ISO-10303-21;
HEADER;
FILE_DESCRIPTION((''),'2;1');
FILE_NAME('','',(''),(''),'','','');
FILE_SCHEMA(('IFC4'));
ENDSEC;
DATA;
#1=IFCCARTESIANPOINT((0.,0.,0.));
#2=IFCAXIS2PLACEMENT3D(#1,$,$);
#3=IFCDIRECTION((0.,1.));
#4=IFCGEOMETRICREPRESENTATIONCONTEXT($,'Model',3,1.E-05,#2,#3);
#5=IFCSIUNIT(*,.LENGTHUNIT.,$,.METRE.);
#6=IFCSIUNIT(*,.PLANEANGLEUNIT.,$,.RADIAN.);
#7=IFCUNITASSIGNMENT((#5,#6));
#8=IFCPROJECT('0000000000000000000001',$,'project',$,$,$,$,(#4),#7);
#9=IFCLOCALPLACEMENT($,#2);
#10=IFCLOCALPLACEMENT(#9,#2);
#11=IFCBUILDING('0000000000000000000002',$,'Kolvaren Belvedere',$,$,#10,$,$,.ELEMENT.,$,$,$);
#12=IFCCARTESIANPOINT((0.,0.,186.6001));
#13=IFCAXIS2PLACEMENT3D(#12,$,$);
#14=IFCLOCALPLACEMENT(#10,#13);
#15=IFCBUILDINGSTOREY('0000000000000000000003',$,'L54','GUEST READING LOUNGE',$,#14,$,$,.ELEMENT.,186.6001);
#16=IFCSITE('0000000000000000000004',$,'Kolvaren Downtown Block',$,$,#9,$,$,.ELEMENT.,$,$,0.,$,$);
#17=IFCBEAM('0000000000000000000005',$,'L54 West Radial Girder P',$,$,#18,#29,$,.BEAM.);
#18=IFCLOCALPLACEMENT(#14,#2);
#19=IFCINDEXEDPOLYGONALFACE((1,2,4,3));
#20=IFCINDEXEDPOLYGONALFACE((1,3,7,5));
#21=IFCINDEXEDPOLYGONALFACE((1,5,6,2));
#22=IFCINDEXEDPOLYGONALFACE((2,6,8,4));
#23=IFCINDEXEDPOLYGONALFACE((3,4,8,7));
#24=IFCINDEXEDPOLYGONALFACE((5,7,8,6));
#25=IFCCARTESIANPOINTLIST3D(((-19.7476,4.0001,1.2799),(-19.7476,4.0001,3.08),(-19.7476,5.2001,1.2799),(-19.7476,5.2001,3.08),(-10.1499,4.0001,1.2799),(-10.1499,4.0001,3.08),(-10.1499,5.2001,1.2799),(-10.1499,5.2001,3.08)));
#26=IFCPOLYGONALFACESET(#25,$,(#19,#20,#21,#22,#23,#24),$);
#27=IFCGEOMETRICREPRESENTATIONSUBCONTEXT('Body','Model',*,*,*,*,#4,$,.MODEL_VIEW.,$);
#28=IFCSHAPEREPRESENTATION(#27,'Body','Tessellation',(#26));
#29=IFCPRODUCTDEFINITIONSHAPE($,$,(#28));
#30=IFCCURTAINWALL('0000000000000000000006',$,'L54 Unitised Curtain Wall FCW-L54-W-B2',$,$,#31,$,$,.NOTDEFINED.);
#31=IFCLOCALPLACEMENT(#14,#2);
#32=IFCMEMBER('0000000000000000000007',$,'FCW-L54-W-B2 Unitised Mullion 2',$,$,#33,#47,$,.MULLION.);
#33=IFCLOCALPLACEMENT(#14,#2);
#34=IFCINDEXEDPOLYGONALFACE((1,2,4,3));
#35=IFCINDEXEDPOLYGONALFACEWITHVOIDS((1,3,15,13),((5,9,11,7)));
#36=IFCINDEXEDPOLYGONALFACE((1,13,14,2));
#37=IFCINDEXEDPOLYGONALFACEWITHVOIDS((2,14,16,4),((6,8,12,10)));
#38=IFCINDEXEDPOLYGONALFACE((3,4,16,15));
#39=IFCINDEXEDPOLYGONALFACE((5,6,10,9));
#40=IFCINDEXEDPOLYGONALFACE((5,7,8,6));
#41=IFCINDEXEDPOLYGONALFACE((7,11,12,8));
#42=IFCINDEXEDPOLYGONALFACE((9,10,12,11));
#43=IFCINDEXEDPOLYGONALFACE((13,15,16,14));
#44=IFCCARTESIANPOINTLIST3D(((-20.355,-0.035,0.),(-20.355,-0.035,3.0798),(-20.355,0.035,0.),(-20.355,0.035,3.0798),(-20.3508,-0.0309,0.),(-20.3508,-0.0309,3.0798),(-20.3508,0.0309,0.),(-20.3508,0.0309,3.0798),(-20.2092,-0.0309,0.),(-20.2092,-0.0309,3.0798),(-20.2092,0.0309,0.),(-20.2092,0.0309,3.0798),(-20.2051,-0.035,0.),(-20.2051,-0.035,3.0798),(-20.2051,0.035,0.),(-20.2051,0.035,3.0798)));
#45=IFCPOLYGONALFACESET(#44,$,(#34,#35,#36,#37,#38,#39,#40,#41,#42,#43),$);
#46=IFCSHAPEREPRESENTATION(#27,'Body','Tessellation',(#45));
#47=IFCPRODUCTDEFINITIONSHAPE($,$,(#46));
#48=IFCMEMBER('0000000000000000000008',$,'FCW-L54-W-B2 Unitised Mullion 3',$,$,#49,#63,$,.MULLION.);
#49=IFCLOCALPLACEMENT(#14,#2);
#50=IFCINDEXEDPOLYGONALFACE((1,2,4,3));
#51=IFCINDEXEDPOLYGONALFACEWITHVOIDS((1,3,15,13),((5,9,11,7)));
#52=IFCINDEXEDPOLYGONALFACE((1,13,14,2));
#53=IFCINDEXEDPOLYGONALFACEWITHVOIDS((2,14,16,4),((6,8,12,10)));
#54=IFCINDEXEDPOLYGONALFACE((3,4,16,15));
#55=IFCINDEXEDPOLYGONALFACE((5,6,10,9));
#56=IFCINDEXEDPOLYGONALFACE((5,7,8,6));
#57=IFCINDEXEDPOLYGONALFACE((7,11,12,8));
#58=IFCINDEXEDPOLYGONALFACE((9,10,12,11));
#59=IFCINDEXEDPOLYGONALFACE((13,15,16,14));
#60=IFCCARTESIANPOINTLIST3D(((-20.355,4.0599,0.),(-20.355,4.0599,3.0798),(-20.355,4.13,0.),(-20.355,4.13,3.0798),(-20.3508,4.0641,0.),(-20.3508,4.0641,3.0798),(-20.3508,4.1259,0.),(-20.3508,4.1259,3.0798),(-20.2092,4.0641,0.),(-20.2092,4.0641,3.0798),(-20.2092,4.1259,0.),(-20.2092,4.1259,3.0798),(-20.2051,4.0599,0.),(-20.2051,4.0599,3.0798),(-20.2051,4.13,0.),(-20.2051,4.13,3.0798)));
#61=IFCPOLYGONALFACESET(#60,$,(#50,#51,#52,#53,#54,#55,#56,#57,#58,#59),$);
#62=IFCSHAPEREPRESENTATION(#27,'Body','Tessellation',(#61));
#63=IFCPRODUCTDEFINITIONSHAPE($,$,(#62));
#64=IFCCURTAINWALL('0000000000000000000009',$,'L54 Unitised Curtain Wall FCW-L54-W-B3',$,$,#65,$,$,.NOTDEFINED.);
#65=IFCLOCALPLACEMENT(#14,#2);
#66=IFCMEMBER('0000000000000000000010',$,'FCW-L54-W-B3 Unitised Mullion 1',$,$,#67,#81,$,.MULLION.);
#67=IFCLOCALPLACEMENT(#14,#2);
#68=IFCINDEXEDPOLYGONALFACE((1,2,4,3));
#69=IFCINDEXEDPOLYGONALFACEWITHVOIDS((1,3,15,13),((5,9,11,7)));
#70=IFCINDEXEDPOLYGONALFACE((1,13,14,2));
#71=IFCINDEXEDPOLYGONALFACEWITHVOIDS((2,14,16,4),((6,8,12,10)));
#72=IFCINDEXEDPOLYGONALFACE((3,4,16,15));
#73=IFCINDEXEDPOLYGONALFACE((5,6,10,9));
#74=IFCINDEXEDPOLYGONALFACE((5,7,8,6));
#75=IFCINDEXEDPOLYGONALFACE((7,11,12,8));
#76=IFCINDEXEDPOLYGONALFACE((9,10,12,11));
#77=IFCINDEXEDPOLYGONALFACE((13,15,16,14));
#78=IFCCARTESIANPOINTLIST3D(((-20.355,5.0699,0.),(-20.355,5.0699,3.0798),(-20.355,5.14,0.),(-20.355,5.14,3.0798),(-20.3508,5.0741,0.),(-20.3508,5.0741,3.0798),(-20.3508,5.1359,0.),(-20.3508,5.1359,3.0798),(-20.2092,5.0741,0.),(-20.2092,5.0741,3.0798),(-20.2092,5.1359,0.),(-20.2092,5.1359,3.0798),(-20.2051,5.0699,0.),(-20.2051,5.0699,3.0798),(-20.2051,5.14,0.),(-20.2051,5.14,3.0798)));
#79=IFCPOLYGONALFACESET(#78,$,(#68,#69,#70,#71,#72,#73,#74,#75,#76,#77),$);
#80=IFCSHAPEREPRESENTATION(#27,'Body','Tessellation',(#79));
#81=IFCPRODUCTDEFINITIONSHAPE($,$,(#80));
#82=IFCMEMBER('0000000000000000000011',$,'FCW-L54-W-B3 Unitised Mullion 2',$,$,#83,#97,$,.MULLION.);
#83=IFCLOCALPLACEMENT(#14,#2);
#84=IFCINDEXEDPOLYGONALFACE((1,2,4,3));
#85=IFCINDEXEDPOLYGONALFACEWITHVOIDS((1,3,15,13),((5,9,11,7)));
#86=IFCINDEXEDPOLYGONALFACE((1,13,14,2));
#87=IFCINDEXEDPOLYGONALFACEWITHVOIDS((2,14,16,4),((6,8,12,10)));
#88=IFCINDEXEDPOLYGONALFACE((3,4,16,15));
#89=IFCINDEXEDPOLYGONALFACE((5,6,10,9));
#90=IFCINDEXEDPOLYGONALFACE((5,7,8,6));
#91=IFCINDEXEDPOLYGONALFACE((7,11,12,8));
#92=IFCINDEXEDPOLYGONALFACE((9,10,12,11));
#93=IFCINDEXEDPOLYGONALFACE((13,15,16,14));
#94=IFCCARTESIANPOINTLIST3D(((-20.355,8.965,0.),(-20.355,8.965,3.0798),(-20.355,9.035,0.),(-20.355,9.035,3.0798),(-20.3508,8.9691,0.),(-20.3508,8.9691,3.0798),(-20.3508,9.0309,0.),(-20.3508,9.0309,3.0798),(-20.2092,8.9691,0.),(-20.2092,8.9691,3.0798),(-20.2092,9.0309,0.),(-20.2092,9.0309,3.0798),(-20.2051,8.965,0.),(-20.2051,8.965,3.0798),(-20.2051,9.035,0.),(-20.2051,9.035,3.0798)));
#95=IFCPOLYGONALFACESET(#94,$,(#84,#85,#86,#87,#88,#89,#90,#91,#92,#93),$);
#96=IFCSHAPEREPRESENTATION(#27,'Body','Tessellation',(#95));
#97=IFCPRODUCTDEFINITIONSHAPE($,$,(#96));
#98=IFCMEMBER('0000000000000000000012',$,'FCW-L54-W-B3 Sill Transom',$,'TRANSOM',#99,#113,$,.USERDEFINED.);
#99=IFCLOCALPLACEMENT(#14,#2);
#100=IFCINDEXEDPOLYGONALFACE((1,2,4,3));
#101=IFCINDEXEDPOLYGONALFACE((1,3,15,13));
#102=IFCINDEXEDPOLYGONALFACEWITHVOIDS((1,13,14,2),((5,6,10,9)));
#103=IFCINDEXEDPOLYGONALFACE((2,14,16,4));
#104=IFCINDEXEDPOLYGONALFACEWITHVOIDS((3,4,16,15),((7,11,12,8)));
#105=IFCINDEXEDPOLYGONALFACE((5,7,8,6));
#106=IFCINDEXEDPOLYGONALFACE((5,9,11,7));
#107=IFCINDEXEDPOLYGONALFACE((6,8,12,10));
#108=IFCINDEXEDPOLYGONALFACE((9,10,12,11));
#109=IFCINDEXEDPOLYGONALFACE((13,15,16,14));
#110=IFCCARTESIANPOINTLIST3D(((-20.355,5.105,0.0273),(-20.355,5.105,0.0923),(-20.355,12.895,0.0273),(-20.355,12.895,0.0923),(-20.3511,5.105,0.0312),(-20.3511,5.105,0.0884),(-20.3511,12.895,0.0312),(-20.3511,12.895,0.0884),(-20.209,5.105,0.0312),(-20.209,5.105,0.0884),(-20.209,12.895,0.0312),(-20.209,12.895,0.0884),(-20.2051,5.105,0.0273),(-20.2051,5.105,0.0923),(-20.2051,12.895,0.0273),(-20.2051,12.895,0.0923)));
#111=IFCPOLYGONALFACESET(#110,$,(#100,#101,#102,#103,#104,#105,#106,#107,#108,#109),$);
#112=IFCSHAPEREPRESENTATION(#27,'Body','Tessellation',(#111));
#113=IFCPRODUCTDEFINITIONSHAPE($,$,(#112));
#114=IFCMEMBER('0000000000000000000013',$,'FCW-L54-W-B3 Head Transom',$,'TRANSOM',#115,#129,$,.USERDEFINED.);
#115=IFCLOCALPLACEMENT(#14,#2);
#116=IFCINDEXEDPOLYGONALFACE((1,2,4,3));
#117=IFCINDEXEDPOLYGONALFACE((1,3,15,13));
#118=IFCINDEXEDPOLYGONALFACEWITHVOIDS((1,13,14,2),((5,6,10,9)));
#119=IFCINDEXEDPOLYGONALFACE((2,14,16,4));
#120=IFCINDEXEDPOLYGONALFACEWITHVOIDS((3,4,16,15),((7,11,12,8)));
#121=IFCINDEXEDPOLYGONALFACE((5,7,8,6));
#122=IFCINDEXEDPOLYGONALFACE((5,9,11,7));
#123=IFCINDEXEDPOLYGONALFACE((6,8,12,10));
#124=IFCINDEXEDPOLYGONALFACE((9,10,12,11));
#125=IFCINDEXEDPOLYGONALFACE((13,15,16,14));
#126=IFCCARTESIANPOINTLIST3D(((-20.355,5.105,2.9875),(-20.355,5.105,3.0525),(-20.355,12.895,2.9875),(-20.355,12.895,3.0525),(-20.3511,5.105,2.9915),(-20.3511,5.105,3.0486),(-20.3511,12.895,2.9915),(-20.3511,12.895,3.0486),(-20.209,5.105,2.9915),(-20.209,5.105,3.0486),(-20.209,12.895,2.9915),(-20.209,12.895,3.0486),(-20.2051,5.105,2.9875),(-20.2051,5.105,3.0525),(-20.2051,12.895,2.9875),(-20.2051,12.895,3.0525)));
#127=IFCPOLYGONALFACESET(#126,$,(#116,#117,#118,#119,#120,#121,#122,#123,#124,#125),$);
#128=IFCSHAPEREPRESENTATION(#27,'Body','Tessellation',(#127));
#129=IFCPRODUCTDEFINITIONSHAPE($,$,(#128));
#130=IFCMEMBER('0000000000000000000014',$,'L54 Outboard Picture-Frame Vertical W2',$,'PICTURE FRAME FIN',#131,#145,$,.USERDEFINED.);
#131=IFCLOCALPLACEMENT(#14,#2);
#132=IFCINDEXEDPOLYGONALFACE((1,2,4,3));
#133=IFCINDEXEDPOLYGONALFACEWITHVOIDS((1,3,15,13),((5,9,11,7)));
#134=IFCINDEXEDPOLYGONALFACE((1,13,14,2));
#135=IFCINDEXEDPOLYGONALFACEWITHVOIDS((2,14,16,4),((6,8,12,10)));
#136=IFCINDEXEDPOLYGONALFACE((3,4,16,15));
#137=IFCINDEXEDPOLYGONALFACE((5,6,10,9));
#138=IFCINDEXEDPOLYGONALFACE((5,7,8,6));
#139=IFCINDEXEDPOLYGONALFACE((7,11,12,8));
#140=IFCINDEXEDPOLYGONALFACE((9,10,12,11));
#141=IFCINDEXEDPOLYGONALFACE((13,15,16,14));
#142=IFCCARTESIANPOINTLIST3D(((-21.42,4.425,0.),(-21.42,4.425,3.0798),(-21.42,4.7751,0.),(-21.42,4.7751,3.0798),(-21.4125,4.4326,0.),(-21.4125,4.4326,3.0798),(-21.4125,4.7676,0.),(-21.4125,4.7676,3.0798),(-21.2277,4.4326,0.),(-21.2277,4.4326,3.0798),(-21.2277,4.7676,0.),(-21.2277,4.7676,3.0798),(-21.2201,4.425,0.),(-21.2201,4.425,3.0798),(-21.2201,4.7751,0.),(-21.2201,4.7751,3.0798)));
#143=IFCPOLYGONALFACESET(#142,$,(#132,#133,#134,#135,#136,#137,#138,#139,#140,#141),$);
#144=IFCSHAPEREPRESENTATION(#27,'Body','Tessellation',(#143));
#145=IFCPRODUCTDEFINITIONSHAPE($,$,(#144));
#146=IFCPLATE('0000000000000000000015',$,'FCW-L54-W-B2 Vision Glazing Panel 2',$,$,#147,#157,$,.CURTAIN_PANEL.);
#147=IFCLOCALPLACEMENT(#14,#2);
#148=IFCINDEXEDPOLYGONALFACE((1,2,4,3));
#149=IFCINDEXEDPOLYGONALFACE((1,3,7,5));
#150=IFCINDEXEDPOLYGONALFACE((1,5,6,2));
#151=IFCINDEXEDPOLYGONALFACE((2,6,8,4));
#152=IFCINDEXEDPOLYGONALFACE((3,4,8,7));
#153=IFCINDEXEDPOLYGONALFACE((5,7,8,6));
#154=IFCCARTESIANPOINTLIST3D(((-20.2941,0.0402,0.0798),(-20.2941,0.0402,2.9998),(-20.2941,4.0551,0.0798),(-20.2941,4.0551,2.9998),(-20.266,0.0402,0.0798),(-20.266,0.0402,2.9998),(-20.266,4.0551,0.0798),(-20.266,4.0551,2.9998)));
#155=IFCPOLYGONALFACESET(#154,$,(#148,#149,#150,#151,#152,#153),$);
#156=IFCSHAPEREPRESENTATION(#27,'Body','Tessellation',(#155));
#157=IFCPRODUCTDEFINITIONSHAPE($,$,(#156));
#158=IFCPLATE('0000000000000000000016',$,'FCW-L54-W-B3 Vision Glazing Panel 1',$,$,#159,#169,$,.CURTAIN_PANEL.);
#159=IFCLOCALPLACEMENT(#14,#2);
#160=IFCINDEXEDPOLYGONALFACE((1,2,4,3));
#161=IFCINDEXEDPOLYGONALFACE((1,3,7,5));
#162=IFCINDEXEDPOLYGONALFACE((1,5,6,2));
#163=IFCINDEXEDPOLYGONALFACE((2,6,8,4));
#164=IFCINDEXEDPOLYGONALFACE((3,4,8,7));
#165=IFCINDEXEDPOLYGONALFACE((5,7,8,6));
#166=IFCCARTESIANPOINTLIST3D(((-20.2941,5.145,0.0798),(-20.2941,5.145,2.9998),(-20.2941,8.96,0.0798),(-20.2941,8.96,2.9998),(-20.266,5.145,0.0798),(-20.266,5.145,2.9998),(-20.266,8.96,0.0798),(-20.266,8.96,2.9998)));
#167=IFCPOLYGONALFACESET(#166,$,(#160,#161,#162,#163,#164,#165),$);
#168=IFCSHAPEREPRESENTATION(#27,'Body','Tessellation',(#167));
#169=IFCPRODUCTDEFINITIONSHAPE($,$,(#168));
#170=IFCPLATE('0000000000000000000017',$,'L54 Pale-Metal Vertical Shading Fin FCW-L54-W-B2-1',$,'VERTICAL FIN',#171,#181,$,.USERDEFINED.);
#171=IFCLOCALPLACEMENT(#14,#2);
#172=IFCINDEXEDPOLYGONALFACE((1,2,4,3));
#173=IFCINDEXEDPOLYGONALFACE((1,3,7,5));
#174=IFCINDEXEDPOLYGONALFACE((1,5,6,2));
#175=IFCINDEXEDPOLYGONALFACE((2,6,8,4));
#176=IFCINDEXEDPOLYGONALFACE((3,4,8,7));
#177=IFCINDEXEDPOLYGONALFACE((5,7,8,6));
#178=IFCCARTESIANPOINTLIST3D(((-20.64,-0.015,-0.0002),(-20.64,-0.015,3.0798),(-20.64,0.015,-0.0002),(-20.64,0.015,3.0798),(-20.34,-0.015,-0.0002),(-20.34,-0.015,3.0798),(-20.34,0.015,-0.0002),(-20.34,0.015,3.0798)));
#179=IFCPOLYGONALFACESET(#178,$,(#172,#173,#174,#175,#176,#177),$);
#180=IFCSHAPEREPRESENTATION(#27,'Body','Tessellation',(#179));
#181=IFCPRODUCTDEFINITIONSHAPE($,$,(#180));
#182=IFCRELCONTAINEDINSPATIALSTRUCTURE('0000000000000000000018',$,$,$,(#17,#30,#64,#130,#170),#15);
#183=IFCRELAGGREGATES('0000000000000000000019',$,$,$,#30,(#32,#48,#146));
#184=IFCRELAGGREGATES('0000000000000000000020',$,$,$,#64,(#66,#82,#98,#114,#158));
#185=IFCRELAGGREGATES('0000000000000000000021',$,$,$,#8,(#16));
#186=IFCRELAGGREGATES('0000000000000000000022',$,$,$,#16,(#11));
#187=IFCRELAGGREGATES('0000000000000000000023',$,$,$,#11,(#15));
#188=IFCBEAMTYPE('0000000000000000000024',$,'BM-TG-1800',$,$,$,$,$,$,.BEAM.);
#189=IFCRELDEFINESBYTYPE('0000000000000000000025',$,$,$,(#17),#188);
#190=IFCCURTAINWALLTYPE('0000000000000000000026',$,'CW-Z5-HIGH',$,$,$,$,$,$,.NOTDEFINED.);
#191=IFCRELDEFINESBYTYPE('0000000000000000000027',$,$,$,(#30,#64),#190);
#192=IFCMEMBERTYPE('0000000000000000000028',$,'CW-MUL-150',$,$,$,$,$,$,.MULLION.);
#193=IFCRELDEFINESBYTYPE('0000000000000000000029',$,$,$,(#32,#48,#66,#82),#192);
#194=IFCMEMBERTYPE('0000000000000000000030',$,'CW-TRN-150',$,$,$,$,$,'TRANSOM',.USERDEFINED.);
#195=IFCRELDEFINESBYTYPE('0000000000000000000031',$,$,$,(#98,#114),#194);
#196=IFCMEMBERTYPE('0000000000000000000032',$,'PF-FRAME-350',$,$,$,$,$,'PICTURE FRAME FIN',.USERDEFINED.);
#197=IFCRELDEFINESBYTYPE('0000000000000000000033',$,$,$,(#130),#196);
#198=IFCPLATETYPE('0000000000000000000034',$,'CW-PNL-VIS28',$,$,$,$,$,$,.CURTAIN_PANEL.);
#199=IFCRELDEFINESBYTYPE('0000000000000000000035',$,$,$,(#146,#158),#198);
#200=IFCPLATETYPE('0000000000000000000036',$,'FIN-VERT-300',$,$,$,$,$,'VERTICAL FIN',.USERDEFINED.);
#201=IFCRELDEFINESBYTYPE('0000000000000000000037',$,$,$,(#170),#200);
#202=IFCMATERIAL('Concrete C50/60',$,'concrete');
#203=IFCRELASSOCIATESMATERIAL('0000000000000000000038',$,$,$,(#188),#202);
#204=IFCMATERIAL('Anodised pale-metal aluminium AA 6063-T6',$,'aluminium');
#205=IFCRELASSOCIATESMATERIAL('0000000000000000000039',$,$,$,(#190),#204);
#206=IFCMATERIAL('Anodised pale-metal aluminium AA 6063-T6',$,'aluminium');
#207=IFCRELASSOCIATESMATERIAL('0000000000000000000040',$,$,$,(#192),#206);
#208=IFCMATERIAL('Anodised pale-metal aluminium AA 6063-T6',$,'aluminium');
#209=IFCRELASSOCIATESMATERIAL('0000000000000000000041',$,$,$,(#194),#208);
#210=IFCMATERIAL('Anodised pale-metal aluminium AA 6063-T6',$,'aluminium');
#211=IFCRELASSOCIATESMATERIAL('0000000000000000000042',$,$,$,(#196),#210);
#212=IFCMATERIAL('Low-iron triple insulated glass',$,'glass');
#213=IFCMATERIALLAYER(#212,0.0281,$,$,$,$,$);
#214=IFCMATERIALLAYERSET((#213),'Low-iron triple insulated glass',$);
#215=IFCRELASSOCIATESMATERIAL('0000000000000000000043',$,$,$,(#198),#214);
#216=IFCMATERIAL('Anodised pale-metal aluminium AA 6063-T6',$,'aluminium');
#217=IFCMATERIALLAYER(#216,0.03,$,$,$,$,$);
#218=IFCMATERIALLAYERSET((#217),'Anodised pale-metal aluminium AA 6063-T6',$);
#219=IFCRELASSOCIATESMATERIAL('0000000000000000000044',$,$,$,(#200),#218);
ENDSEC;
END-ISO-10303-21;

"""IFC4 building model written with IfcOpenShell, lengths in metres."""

from ifc_helpers import new_model, si_unit, direction, frame, origin, origin_2d, place, context, subcontext, project, spatial, rectangle, hollow_rectangle, extrude, material, layer, layer_set, material_profile, profile_set, type_object, element, aggregate, save


model = new_model("IFC4")

# Units and contexts
model_context = context("Model", 3, precision=1e-05, world=origin(), true_north=direction((0.0, 1.0)))
body_context = subcontext(model_context, "Body", "Model", "MODEL_VIEW")
ifc_project = project(units=[si_unit("LENGTHUNIT", "METRE"), si_unit("PLANEANGLEUNIT", "RADIAN")], contexts=[model_context])

# Site, building, storey
site_placement = place(None, origin())
site = spatial("IfcSite", under=ifc_project, at=site_placement, Name="Kolvaren Downtown Block", CompositionType="ELEMENT", RefElevation=0.0)
building_placement = place(site_placement, origin())
building = spatial("IfcBuilding", under=site, at=building_placement, Name="Kolvaren Belvedere", CompositionType="ELEMENT")
storey_placement = place(building_placement, frame((0.0, 0.0, 186.6001)))
storey = spatial("IfcBuildingStorey", under=building, at=storey_placement, Name="L54", Description="GUEST READING LOUNGE", CompositionType="ELEMENT", Elevation=186.6001)

# Beam
ifc_material_1 = material(Name="Concrete C50/60", Category="concrete")
ifc_material_profile_1 = material_profile(ifc_material_1, rectangle(XDim=1.2, YDim=1.8, at=origin_2d()), Name="RC 1200X1800")
ifc_profile_set_1 = profile_set([ifc_material_profile_1], Name="Concrete C50/60")
beam_type_1 = type_object("IfcBeamType", Name="BM-TG-1800", PredefinedType="BEAM", material=ifc_profile_set_1)
beam_1_placement = place(storey_placement, frame((-10.1499, 4.6001, 2.1799), z_axis=(-1.0, 0.0, 0.0), x_axis=(0.0, -1.0, 0.0)))
element("IfcBeam", 1, at=beam_1_placement, inside=storey, type_object=beam_type_1, Name="L54 West Radial Girder P", PredefinedType="BEAM", context=body_context, shape_type="SweptSolid", body=[
    extrude(rectangle(XDim=1.2, YDim=1.8, at=origin_2d()), origin(), (0.0, 0.0, 1.0), 9.5977),
])

# Curtain walls, members
ifc_material_2 = material(Name="Anodised pale-metal aluminium AA 6063-T6", Category="aluminium")
curtain_wall_type = type_object("IfcCurtainWallType", Name="CW-Z5-HIGH", PredefinedType="NOTDEFINED", material=ifc_material_2)
curtain_wall_1_placement = place(storey_placement, origin())
curtain_wall_1 = element("IfcCurtainWall", 2, at=curtain_wall_1_placement, inside=storey, type_object=curtain_wall_type, Name="L54 Unitised Curtain Wall FCW-L54-W-B2", PredefinedType="NOTDEFINED")
ifc_material_3 = material(Name="Anodised pale-metal aluminium AA 6063-T6", Category="aluminium")
ifc_material_profile_2 = material_profile(ifc_material_3, hollow_rectangle(XDim=0.0701, YDim=0.1499, WallThickness=0.0042, at=origin_2d()), Name="ALU-MUL-150X70")
ifc_profile_set_2 = profile_set([ifc_material_profile_2], Name="Anodised pale-metal aluminium AA 6063-T6")
member_type_1 = type_object("IfcMemberType", Name="CW-MUL-150", PredefinedType="MULLION", material=ifc_profile_set_2)
member_1_placement = place(storey_placement, frame((-20.28, 0.0, 0.0), z_axis=(0.0, 0.0, 1.0), x_axis=(0.0, 1.0, 0.0)))
member_1 = element("IfcMember", 3, at=member_1_placement, type_object=member_type_1, Name="FCW-L54-W-B2 Unitised Mullion 2", PredefinedType="MULLION", context=body_context, shape_type="SweptSolid", body=[
    extrude(hollow_rectangle(XDim=0.0701, YDim=0.1499, WallThickness=0.0042, at=origin_2d()), origin(), (0.0, 0.0, 1.0), 3.0798),
])
member_2_placement = place(storey_placement, frame((-20.28, 4.095, 0.0), z_axis=(0.0, 0.0, 1.0), x_axis=(0.0, 1.0, 0.0)))
member_2 = element("IfcMember", 4, at=member_2_placement, type_object=member_type_1, Name="FCW-L54-W-B2 Unitised Mullion 3", PredefinedType="MULLION", context=body_context, shape_type="SweptSolid", body=[
    extrude(hollow_rectangle(XDim=0.0701, YDim=0.1499, WallThickness=0.0042, at=origin_2d()), origin(), (0.0, 0.0, 1.0), 3.0798),
])
curtain_wall_2_placement = place(storey_placement, origin())
curtain_wall_2 = element("IfcCurtainWall", 5, at=curtain_wall_2_placement, inside=storey, type_object=curtain_wall_type, Name="L54 Unitised Curtain Wall FCW-L54-W-B3", PredefinedType="NOTDEFINED")
member_3_placement = place(storey_placement, frame((-20.28, 5.105, 0.0), z_axis=(0.0, 0.0, 1.0), x_axis=(0.0, 1.0, 0.0)))
member_3 = element("IfcMember", 6, at=member_3_placement, type_object=member_type_1, Name="FCW-L54-W-B3 Unitised Mullion 1", PredefinedType="MULLION", context=body_context, shape_type="SweptSolid", body=[
    extrude(hollow_rectangle(XDim=0.0701, YDim=0.1499, WallThickness=0.0042, at=origin_2d()), origin(), (0.0, 0.0, 1.0), 3.0798),
])
member_4_placement = place(storey_placement, frame((-20.28, 9.0, 0.0), z_axis=(0.0, 0.0, 1.0), x_axis=(0.0, 1.0, 0.0)))
member_4 = element("IfcMember", 7, at=member_4_placement, type_object=member_type_1, Name="FCW-L54-W-B3 Unitised Mullion 2", PredefinedType="MULLION", context=body_context, shape_type="SweptSolid", body=[
    extrude(hollow_rectangle(XDim=0.0701, YDim=0.1499, WallThickness=0.0042, at=origin_2d()), origin(), (0.0, 0.0, 1.0), 3.0798),
])
ifc_material_4 = material(Name="Anodised pale-metal aluminium AA 6063-T6", Category="aluminium")
ifc_material_profile_3 = material_profile(ifc_material_4, hollow_rectangle(XDim=0.0649, YDim=0.1499, WallThickness=0.0039, at=origin_2d()), Name="ALU-TRN-150X65")
ifc_profile_set_3 = profile_set([ifc_material_profile_3], Name="Anodised pale-metal aluminium AA 6063-T6")
member_type_2 = type_object("IfcMemberType", Name="CW-TRN-150", ElementType="TRANSOM", PredefinedType="USERDEFINED", material=ifc_profile_set_3)
member_5_placement = place(storey_placement, frame((-20.28, 5.105, 0.0598), z_axis=(0.0, 1.0, 0.0), x_axis=(0.0, 0.0, 1.0)))
member_5 = element("IfcMember", 8, at=member_5_placement, type_object=member_type_2, Name="FCW-L54-W-B3 Sill Transom", ObjectType="TRANSOM", PredefinedType="USERDEFINED", context=body_context, shape_type="SweptSolid", body=[
    extrude(hollow_rectangle(XDim=0.0649, YDim=0.1499, WallThickness=0.0039, at=origin_2d()), origin(), (0.0, 0.0, 1.0), 7.79),
])
member_6_placement = place(storey_placement, frame((-20.28, 5.105, 3.02), z_axis=(0.0, 1.0, 0.0), x_axis=(0.0, 0.0, 1.0)))
member_6 = element("IfcMember", 9, at=member_6_placement, type_object=member_type_2, Name="FCW-L54-W-B3 Head Transom", ObjectType="TRANSOM", PredefinedType="USERDEFINED", context=body_context, shape_type="SweptSolid", body=[
    extrude(hollow_rectangle(XDim=0.0649, YDim=0.1499, WallThickness=0.0039, at=origin_2d()), origin(), (0.0, 0.0, 1.0), 7.79),
])

# Member
ifc_material_5 = material(Name="Anodised pale-metal aluminium AA 6063-T6", Category="aluminium")
ifc_material_profile_4 = material_profile(ifc_material_5, hollow_rectangle(XDim=0.2, YDim=0.3501, WallThickness=0.0076, at=origin_2d()), Name="ALU-PF-350X200")
ifc_profile_set_4 = profile_set([ifc_material_profile_4], Name="Anodised pale-metal aluminium AA 6063-T6")
member_type_3 = type_object("IfcMemberType", Name="PF-FRAME-350", ElementType="PICTURE FRAME FIN", PredefinedType="USERDEFINED", material=ifc_profile_set_4)
member_7_placement = place(storey_placement, frame((-21.3201, 4.6001, 0.0), z_axis=(0.0, 0.0, 1.0), x_axis=(1.0, 0.0, 0.0)))
element("IfcMember", 10, at=member_7_placement, inside=storey, type_object=member_type_3, Name="L54 Outboard Picture-Frame Vertical W2", ObjectType="PICTURE FRAME FIN", PredefinedType="USERDEFINED", context=body_context, shape_type="SweptSolid", body=[
    extrude(hollow_rectangle(XDim=0.2, YDim=0.3501, WallThickness=0.0076, at=origin_2d()), origin(), (0.0, 0.0, 1.0), 3.0798),
])

# Plates
ifc_material_6 = material(Name="Low-iron triple insulated glass", Category="glass")
ifc_layer_1 = layer(ifc_material_6, 0.0281)
ifc_layer_set_1 = layer_set([ifc_layer_1], Name="Low-iron triple insulated glass")
plate_type_1 = type_object("IfcPlateType", Name="CW-PNL-VIS28", PredefinedType="CURTAIN_PANEL", material=ifc_layer_set_1)
plate_1_placement = place(storey_placement, frame((-20.28, 2.0476, 0.0798), z_axis=(0.0, 0.0, 1.0), x_axis=(0.0, 1.0, 0.0)))
plate_1 = element("IfcPlate", 11, at=plate_1_placement, type_object=plate_type_1, Name="FCW-L54-W-B2 Vision Glazing Panel 2", PredefinedType="CURTAIN_PANEL", context=body_context, shape_type="SweptSolid", body=[
    extrude(rectangle(XDim=4.0149, YDim=0.0281, at=origin_2d()), origin(), (0.0, 0.0, 1.0), 2.9199),
])
aggregate(curtain_wall_1, [member_1, member_2, plate_1])
plate_2_placement = place(storey_placement, frame((-20.28, 7.0525, 0.0798), z_axis=(0.0, 0.0, 1.0), x_axis=(0.0, 1.0, 0.0)))
plate_2 = element("IfcPlate", 12, at=plate_2_placement, type_object=plate_type_1, Name="FCW-L54-W-B3 Vision Glazing Panel 1", PredefinedType="CURTAIN_PANEL", context=body_context, shape_type="SweptSolid", body=[
    extrude(rectangle(XDim=3.8149, YDim=0.0281, at=origin_2d()), origin(), (0.0, 0.0, 1.0), 2.9199),
])
aggregate(curtain_wall_2, [member_3, member_4, member_5, member_6, plate_2])

# Plate
ifc_material_7 = material(Name="Anodised pale-metal aluminium AA 6063-T6", Category="aluminium")
ifc_layer_2 = layer(ifc_material_7, 0.03)
ifc_layer_set_2 = layer_set([ifc_layer_2], Name="Anodised pale-metal aluminium AA 6063-T6")
plate_type_2 = type_object("IfcPlateType", Name="FIN-VERT-300", ElementType="VERTICAL FIN", PredefinedType="USERDEFINED", material=ifc_layer_set_2)
for number, where, z_axis, x_axis, name in (
    (13, (-20.49, 0.0, -0.0002), (0.0, 0.0, 1.0), (1.0, 0.0, 0.0), "L54 Pale-Metal Vertical Shading Fin FCW-L54-W-B2-1"),
):
    element("IfcPlate", number, at=place(storey_placement, frame(where, z_axis=z_axis, x_axis=x_axis)), inside=storey, type_object=plate_type_2, Name=name, ObjectType="VERTICAL FIN", PredefinedType="USERDEFINED", context=body_context, shape_type="SweptSolid", body=[
        extrude(rectangle(XDim=0.3, YDim=0.03, at=origin_2d()), origin(), (0.0, 0.0, 1.0), 3.0801),
    ])

save(model, "model.ifc")
